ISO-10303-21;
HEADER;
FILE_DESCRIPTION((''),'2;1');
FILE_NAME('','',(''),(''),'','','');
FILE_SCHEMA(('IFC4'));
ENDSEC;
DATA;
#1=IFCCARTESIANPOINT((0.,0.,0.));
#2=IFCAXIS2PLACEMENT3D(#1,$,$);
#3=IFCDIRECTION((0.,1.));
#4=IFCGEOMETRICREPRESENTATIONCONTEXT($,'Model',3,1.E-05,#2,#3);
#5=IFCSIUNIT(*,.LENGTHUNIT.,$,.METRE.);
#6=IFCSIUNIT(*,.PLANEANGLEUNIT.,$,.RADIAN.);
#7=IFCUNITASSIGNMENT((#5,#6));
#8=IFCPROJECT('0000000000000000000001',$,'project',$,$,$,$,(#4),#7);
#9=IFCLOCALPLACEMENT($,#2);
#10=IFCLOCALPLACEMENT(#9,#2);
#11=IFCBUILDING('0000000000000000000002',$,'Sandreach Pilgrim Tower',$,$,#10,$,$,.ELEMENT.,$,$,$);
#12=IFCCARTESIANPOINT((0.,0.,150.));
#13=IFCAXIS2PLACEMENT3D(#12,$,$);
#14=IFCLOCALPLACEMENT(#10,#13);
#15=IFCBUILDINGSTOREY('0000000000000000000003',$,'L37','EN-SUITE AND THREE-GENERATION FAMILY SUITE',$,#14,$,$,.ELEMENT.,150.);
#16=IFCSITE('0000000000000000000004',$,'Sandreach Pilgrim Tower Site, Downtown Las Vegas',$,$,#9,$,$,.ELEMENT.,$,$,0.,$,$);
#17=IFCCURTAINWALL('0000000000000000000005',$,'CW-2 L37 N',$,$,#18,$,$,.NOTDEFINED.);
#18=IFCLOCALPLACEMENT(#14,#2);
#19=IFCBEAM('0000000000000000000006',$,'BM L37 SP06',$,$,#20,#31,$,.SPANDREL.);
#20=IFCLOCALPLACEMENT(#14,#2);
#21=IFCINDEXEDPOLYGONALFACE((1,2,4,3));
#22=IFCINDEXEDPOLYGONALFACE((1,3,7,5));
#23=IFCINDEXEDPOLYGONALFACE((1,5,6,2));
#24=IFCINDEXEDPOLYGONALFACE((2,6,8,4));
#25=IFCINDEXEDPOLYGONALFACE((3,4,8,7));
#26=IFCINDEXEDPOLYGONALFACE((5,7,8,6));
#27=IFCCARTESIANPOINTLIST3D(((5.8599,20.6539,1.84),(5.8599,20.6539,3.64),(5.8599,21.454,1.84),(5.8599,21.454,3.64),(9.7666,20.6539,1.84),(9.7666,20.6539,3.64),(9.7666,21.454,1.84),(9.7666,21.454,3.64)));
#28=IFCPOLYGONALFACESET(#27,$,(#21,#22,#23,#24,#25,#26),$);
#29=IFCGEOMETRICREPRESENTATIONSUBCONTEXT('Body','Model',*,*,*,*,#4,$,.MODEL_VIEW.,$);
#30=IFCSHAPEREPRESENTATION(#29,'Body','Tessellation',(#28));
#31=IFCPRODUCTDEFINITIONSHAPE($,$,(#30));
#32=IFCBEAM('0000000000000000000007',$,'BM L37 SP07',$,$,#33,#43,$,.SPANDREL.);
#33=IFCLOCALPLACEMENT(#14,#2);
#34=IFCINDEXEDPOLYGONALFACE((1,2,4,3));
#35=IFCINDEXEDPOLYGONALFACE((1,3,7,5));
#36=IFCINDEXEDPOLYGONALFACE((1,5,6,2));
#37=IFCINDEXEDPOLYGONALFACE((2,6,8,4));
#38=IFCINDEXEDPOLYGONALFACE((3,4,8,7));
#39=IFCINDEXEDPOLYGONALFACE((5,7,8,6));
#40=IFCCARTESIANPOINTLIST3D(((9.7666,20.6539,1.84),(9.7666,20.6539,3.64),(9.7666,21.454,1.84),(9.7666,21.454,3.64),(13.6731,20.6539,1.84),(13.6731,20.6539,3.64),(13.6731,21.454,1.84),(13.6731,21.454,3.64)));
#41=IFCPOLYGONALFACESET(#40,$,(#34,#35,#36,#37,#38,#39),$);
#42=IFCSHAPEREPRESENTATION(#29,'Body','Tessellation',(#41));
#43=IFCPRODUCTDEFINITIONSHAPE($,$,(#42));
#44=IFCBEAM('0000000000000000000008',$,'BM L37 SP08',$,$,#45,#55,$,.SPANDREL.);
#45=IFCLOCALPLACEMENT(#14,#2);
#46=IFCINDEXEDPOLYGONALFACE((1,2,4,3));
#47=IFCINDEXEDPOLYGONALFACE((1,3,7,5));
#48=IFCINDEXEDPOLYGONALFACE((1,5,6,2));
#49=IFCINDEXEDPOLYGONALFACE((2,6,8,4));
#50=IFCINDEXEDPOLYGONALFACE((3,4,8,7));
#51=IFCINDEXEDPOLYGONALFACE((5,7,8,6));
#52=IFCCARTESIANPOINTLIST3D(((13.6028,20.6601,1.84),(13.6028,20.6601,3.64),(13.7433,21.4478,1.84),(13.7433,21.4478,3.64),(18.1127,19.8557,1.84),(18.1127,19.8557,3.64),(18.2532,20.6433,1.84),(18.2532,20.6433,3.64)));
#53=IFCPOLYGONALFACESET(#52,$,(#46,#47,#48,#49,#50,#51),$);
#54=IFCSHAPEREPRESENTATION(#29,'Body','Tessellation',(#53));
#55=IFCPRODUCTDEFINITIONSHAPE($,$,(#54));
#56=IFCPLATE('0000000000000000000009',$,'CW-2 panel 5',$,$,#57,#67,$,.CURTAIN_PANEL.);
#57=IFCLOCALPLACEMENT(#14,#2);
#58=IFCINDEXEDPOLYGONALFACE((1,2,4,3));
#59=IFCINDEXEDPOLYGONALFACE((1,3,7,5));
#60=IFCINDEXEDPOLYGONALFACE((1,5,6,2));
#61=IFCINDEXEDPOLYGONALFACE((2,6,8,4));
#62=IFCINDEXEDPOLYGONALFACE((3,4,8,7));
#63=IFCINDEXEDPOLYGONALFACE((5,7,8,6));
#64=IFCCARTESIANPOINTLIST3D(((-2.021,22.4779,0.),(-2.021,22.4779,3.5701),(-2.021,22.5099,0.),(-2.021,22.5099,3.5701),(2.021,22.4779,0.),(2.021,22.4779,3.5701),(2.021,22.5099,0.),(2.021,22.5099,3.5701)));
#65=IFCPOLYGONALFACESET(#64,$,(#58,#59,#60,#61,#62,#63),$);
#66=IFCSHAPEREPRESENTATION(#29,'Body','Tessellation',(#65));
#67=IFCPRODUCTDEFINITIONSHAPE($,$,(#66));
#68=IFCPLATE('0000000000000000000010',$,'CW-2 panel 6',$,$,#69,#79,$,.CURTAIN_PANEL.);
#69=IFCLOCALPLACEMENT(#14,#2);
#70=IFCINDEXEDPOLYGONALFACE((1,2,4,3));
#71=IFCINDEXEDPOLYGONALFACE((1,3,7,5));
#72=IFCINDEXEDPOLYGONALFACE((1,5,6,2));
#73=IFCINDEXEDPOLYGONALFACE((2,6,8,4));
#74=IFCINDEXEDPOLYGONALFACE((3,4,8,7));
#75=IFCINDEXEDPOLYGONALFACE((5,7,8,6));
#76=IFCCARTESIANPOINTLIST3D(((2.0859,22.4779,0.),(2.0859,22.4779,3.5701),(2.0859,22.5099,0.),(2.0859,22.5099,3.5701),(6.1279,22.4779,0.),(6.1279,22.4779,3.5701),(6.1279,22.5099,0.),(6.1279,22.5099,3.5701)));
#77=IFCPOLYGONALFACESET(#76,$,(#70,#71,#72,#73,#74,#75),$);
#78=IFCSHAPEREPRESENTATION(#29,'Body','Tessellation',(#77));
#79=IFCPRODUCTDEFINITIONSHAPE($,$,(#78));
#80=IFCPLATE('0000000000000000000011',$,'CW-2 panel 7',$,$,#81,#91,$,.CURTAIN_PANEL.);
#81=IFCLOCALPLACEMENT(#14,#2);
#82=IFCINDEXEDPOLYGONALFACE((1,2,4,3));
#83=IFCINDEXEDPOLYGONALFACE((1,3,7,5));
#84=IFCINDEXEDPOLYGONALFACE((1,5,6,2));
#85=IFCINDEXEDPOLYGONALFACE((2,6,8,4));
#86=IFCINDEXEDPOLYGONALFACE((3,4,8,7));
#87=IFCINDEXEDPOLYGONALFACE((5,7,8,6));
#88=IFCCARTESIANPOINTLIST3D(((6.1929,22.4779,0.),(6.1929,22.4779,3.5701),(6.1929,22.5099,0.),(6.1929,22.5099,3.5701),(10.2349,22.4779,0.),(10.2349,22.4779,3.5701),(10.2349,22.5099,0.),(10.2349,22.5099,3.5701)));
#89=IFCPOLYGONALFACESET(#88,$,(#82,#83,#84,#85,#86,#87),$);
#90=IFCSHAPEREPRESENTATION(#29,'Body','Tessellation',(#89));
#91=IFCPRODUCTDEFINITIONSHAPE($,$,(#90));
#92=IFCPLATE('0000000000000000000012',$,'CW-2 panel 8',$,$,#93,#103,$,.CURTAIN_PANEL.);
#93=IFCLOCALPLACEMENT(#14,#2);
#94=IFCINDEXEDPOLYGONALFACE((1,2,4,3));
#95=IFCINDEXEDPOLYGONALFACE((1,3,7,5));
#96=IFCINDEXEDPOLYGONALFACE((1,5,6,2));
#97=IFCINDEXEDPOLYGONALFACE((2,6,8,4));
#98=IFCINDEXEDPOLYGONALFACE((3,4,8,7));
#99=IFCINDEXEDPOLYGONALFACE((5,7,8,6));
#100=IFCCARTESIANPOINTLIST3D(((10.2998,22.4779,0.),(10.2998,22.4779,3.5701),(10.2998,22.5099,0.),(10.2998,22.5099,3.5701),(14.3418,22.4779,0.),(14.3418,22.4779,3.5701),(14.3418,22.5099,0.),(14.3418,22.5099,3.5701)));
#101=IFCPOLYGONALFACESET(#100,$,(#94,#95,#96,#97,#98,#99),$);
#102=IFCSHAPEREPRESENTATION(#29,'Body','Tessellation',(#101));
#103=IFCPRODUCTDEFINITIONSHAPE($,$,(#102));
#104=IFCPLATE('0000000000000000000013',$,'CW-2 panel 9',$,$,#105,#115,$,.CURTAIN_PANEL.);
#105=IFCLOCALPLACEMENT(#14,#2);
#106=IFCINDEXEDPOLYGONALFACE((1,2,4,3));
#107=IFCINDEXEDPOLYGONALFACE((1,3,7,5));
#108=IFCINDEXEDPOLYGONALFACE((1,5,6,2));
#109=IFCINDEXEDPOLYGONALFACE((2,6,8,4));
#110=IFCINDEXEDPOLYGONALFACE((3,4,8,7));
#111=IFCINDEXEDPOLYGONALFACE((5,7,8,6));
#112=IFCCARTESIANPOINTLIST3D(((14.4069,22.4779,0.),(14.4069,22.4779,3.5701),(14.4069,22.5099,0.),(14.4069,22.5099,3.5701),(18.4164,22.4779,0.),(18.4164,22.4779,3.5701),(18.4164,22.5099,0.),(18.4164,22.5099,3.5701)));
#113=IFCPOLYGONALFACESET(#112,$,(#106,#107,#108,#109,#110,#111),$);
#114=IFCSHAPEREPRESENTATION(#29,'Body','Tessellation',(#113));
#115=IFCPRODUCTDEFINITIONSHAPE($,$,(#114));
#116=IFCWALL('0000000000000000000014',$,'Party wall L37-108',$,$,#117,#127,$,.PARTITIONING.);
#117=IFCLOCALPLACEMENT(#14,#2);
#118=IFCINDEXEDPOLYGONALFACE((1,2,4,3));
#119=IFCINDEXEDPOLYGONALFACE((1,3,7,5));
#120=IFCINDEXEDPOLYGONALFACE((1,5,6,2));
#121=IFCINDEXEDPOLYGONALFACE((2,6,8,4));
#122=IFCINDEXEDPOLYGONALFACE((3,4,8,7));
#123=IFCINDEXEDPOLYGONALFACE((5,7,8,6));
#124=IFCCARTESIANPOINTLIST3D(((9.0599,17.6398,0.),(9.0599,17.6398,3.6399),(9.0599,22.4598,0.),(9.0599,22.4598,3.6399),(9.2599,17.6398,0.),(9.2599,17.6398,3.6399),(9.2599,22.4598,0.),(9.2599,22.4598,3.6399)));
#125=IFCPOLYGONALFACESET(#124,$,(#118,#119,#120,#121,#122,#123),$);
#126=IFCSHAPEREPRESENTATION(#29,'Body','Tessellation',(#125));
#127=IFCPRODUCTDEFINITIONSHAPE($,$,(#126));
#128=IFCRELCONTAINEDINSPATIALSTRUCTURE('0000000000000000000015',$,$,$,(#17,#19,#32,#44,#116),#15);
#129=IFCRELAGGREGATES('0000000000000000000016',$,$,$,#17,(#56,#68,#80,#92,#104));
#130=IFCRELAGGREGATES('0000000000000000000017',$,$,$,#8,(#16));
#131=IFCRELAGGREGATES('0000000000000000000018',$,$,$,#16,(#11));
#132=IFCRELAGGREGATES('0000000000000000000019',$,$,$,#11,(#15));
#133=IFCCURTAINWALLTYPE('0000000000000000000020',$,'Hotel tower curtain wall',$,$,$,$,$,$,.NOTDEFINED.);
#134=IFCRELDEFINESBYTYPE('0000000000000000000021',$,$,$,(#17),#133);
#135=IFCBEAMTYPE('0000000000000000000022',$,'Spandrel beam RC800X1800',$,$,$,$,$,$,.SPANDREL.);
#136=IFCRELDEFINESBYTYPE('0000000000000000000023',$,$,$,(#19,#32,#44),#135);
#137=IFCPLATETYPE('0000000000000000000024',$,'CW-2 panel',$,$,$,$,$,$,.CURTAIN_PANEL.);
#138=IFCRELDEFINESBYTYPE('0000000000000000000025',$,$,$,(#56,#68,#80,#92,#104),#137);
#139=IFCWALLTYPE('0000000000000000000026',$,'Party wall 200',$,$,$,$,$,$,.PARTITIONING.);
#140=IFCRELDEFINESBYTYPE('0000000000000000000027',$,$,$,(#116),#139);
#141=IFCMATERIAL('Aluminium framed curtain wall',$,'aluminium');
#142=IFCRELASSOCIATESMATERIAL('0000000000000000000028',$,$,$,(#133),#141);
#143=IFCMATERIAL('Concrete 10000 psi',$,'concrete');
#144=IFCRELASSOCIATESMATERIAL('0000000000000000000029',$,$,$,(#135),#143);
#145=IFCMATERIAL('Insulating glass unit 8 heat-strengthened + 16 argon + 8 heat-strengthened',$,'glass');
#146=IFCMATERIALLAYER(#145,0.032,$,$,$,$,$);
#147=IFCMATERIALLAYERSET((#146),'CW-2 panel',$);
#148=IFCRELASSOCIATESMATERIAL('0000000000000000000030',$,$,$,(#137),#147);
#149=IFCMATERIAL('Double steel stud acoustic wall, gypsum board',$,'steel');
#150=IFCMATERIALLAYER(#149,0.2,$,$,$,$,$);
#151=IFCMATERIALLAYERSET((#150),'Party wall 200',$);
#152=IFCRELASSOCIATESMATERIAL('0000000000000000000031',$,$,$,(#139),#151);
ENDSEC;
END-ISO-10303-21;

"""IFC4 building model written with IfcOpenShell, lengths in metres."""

from ifc_helpers import new_model, si_unit, direction, frame, frame_2d, origin, origin_2d, place, context, subcontext, project, spatial, rectangle, extrude, material, layer, layer_set, material_profile, profile_set, type_object, element, aggregate, save


model = new_model("IFC4")

# Units and contexts
model_context = context("Model", 3, precision=1e-05, world=origin(), true_north=direction((0.0, 1.0)))
body_context = subcontext(model_context, "Body", "Model", "MODEL_VIEW")
ifc_project = project(units=[si_unit("LENGTHUNIT", "METRE"), si_unit("PLANEANGLEUNIT", "RADIAN")], contexts=[model_context])

# Site, building, storey
site_placement = place(None, origin())
site = spatial("IfcSite", under=ifc_project, at=site_placement, Name="Sandreach Pilgrim Tower Site, Downtown Las Vegas", CompositionType="ELEMENT", RefElevation=0.0)
building_placement = place(site_placement, origin())
building = spatial("IfcBuilding", under=site, at=building_placement, Name="Sandreach Pilgrim Tower", CompositionType="ELEMENT")
storey_placement = place(building_placement, frame((0.0, 0.0, 150.0)))
storey = spatial("IfcBuildingStorey", under=building, at=storey_placement, Name="L37", Description="EN-SUITE AND THREE-GENERATION FAMILY SUITE", CompositionType="ELEMENT", Elevation=150.0)

# Curtain wall
ifc_material_1 = material(Name="Aluminium framed curtain wall", Category="aluminium")
curtain_wall_type = type_object("IfcCurtainWallType", Name="Hotel tower curtain wall", PredefinedType="NOTDEFINED", material=ifc_material_1)
curtain_wall_placement = place(storey_placement, origin())
curtain_wall = element("IfcCurtainWall", 1, at=curtain_wall_placement, inside=storey, type_object=curtain_wall_type, Name="CW-2 L37 N", PredefinedType="NOTDEFINED")

# Beams
ifc_material_2 = material(Name="Concrete 10000 psi", Category="concrete")
ifc_material_profile_1 = material_profile(ifc_material_2, rectangle(XDim=0.8, YDim=1.8, at=origin_2d()), Name="RC800X1800")
ifc_profile_set_1 = profile_set([ifc_material_profile_1], Name="Concrete 10000 psi")
beam_type_1 = type_object("IfcBeamType", Name="Spandrel beam RC800X1800", PredefinedType="SPANDREL", material=ifc_profile_set_1)
beam_1_placement = place(storey_placement, frame((5.8599, 21.054, 2.74), z_axis=(1.0, 0.0, 0.0), x_axis=(0.0, 1.0, 0.0)))
element("IfcBeam", 2, at=beam_1_placement, inside=storey, type_object=beam_type_1, Name="BM L37 SP06", PredefinedType="SPANDREL", context=body_context, shape_type="SweptSolid", body=[
    extrude(rectangle(XDim=0.8, YDim=1.8, at=origin_2d()), origin(), (0.0, 0.0, 1.0), 3.9067),
])
beam_2_placement = place(storey_placement, frame((9.7666, 21.054, 2.74), z_axis=(1.0, 0.0, 0.0), x_axis=(0.0, 1.0, 0.0)))
element("IfcBeam", 3, at=beam_2_placement, inside=storey, type_object=beam_type_1, Name="BM L37 SP07", PredefinedType="SPANDREL", context=body_context, shape_type="SweptSolid", body=[
    extrude(rectangle(XDim=0.8, YDim=1.8, at=origin_2d()), origin(), (0.0, 0.0, 1.0), 3.9065),
])
beam_3_placement = place(storey_placement, frame((13.6731, 21.054, 2.74), z_axis=(0.98446, -0.175606, 0.0), x_axis=(0.175606, 0.98446, 0.0)))
element("IfcBeam", 4, at=beam_3_placement, inside=storey, type_object=beam_type_1, Name="BM L37 SP08", PredefinedType="SPANDREL", context=body_context, shape_type="SweptSolid", body=[
    extrude(rectangle(XDim=0.8, YDim=1.8, at=origin_2d()), origin(), (0.0, 0.0, 1.0), 4.5811),
])

# Plates
ifc_material_3 = material(Name="Insulating glass unit 8 heat-strengthened + 16 argon + 8 heat-strengthened", Category="glass")
ifc_layer_1 = layer(ifc_material_3, 0.032)
ifc_layer_set_1 = layer_set([ifc_layer_1], Name="CW-2 panel")
plate_type = type_object("IfcPlateType", Name="CW-2 panel", PredefinedType="CURTAIN_PANEL", material=ifc_layer_set_1)
plate_1_placement = place(storey_placement, frame((0.0, 22.4939, 0.0), z_axis=(0.0, 0.0, 1.0), x_axis=(1.0, 0.0, 0.0)))
plate_1 = element("IfcPlate", 5, at=plate_1_placement, type_object=plate_type, Name="CW-2 panel 5", PredefinedType="CURTAIN_PANEL", context=body_context, shape_type="SweptSolid", body=[
    extrude(rectangle(XDim=4.042, YDim=0.032, at=origin_2d()), origin(), (0.0, 0.0, 1.0), 3.5701),
])
plate_2_placement = place(storey_placement, frame((4.1069, 22.4939, 0.0), z_axis=(0.0, 0.0, 1.0), x_axis=(1.0, 0.0, 0.0)))
plate_2 = element("IfcPlate", 6, at=plate_2_placement, type_object=plate_type, Name="CW-2 panel 6", PredefinedType="CURTAIN_PANEL", context=body_context, shape_type="SweptSolid", body=[
    extrude(rectangle(XDim=4.042, YDim=0.032, at=origin_2d()), origin(), (0.0, 0.0, 1.0), 3.5701),
])
plate_3_placement = place(storey_placement, frame((8.2139, 22.4939, 0.0), z_axis=(0.0, 0.0, 1.0), x_axis=(1.0, 0.0, 0.0)))
plate_3 = element("IfcPlate", 7, at=plate_3_placement, type_object=plate_type, Name="CW-2 panel 7", PredefinedType="CURTAIN_PANEL", context=body_context, shape_type="SweptSolid", body=[
    extrude(rectangle(XDim=4.042, YDim=0.032, at=origin_2d()), origin(), (0.0, 0.0, 1.0), 3.5701),
])
plate_4_placement = place(storey_placement, frame((12.3208, 22.4939, 0.0), z_axis=(0.0, 0.0, 1.0), x_axis=(1.0, 0.0, 0.0)))
plate_4 = element("IfcPlate", 8, at=plate_4_placement, type_object=plate_type, Name="CW-2 panel 8", PredefinedType="CURTAIN_PANEL", context=body_context, shape_type="SweptSolid", body=[
    extrude(rectangle(XDim=4.042, YDim=0.032, at=origin_2d()), origin(), (0.0, 0.0, 1.0), 3.5701),
])
plate_5_placement = place(storey_placement, frame((16.4116, 22.4939, 0.0), z_axis=(0.0, 0.0, 1.0), x_axis=(1.0, 0.0, 0.0)))
plate_5 = element("IfcPlate", 9, at=plate_5_placement, type_object=plate_type, Name="CW-2 panel 9", PredefinedType="CURTAIN_PANEL", context=body_context, shape_type="SweptSolid", body=[
    extrude(rectangle(XDim=4.0095, YDim=0.032, at=origin_2d()), origin(), (0.0, 0.0, 1.0), 3.5701),
])
aggregate(curtain_wall, [plate_1, plate_2, plate_3, plate_4, plate_5])

# Wall
ifc_material_4 = material(Name="Double steel stud acoustic wall, gypsum board", Category="steel")
ifc_layer_2 = layer(ifc_material_4, 0.2)
ifc_layer_set_2 = layer_set([ifc_layer_2], Name="Party wall 200")
wall_type = type_object("IfcWallType", Name="Party wall 200", PredefinedType="PARTITIONING", material=ifc_layer_set_2)
wall_placement = place(storey_placement, frame((9.1599, 22.46, 0.0), z_axis=(0.0, 0.0, 1.0), x_axis=(0.0, -1.0, 0.0)))
element("IfcWall", 10, at=wall_placement, inside=storey, type_object=wall_type, Name="Party wall L37-108", PredefinedType="PARTITIONING", context=body_context, shape_type="SweptSolid", body=[
    extrude(rectangle(XDim=4.8201, YDim=0.2, at=frame_2d((2.4102, 0.0))), origin(), (0.0, 0.0, 1.0), 3.6399),
])

save(model, "model.ifc")
